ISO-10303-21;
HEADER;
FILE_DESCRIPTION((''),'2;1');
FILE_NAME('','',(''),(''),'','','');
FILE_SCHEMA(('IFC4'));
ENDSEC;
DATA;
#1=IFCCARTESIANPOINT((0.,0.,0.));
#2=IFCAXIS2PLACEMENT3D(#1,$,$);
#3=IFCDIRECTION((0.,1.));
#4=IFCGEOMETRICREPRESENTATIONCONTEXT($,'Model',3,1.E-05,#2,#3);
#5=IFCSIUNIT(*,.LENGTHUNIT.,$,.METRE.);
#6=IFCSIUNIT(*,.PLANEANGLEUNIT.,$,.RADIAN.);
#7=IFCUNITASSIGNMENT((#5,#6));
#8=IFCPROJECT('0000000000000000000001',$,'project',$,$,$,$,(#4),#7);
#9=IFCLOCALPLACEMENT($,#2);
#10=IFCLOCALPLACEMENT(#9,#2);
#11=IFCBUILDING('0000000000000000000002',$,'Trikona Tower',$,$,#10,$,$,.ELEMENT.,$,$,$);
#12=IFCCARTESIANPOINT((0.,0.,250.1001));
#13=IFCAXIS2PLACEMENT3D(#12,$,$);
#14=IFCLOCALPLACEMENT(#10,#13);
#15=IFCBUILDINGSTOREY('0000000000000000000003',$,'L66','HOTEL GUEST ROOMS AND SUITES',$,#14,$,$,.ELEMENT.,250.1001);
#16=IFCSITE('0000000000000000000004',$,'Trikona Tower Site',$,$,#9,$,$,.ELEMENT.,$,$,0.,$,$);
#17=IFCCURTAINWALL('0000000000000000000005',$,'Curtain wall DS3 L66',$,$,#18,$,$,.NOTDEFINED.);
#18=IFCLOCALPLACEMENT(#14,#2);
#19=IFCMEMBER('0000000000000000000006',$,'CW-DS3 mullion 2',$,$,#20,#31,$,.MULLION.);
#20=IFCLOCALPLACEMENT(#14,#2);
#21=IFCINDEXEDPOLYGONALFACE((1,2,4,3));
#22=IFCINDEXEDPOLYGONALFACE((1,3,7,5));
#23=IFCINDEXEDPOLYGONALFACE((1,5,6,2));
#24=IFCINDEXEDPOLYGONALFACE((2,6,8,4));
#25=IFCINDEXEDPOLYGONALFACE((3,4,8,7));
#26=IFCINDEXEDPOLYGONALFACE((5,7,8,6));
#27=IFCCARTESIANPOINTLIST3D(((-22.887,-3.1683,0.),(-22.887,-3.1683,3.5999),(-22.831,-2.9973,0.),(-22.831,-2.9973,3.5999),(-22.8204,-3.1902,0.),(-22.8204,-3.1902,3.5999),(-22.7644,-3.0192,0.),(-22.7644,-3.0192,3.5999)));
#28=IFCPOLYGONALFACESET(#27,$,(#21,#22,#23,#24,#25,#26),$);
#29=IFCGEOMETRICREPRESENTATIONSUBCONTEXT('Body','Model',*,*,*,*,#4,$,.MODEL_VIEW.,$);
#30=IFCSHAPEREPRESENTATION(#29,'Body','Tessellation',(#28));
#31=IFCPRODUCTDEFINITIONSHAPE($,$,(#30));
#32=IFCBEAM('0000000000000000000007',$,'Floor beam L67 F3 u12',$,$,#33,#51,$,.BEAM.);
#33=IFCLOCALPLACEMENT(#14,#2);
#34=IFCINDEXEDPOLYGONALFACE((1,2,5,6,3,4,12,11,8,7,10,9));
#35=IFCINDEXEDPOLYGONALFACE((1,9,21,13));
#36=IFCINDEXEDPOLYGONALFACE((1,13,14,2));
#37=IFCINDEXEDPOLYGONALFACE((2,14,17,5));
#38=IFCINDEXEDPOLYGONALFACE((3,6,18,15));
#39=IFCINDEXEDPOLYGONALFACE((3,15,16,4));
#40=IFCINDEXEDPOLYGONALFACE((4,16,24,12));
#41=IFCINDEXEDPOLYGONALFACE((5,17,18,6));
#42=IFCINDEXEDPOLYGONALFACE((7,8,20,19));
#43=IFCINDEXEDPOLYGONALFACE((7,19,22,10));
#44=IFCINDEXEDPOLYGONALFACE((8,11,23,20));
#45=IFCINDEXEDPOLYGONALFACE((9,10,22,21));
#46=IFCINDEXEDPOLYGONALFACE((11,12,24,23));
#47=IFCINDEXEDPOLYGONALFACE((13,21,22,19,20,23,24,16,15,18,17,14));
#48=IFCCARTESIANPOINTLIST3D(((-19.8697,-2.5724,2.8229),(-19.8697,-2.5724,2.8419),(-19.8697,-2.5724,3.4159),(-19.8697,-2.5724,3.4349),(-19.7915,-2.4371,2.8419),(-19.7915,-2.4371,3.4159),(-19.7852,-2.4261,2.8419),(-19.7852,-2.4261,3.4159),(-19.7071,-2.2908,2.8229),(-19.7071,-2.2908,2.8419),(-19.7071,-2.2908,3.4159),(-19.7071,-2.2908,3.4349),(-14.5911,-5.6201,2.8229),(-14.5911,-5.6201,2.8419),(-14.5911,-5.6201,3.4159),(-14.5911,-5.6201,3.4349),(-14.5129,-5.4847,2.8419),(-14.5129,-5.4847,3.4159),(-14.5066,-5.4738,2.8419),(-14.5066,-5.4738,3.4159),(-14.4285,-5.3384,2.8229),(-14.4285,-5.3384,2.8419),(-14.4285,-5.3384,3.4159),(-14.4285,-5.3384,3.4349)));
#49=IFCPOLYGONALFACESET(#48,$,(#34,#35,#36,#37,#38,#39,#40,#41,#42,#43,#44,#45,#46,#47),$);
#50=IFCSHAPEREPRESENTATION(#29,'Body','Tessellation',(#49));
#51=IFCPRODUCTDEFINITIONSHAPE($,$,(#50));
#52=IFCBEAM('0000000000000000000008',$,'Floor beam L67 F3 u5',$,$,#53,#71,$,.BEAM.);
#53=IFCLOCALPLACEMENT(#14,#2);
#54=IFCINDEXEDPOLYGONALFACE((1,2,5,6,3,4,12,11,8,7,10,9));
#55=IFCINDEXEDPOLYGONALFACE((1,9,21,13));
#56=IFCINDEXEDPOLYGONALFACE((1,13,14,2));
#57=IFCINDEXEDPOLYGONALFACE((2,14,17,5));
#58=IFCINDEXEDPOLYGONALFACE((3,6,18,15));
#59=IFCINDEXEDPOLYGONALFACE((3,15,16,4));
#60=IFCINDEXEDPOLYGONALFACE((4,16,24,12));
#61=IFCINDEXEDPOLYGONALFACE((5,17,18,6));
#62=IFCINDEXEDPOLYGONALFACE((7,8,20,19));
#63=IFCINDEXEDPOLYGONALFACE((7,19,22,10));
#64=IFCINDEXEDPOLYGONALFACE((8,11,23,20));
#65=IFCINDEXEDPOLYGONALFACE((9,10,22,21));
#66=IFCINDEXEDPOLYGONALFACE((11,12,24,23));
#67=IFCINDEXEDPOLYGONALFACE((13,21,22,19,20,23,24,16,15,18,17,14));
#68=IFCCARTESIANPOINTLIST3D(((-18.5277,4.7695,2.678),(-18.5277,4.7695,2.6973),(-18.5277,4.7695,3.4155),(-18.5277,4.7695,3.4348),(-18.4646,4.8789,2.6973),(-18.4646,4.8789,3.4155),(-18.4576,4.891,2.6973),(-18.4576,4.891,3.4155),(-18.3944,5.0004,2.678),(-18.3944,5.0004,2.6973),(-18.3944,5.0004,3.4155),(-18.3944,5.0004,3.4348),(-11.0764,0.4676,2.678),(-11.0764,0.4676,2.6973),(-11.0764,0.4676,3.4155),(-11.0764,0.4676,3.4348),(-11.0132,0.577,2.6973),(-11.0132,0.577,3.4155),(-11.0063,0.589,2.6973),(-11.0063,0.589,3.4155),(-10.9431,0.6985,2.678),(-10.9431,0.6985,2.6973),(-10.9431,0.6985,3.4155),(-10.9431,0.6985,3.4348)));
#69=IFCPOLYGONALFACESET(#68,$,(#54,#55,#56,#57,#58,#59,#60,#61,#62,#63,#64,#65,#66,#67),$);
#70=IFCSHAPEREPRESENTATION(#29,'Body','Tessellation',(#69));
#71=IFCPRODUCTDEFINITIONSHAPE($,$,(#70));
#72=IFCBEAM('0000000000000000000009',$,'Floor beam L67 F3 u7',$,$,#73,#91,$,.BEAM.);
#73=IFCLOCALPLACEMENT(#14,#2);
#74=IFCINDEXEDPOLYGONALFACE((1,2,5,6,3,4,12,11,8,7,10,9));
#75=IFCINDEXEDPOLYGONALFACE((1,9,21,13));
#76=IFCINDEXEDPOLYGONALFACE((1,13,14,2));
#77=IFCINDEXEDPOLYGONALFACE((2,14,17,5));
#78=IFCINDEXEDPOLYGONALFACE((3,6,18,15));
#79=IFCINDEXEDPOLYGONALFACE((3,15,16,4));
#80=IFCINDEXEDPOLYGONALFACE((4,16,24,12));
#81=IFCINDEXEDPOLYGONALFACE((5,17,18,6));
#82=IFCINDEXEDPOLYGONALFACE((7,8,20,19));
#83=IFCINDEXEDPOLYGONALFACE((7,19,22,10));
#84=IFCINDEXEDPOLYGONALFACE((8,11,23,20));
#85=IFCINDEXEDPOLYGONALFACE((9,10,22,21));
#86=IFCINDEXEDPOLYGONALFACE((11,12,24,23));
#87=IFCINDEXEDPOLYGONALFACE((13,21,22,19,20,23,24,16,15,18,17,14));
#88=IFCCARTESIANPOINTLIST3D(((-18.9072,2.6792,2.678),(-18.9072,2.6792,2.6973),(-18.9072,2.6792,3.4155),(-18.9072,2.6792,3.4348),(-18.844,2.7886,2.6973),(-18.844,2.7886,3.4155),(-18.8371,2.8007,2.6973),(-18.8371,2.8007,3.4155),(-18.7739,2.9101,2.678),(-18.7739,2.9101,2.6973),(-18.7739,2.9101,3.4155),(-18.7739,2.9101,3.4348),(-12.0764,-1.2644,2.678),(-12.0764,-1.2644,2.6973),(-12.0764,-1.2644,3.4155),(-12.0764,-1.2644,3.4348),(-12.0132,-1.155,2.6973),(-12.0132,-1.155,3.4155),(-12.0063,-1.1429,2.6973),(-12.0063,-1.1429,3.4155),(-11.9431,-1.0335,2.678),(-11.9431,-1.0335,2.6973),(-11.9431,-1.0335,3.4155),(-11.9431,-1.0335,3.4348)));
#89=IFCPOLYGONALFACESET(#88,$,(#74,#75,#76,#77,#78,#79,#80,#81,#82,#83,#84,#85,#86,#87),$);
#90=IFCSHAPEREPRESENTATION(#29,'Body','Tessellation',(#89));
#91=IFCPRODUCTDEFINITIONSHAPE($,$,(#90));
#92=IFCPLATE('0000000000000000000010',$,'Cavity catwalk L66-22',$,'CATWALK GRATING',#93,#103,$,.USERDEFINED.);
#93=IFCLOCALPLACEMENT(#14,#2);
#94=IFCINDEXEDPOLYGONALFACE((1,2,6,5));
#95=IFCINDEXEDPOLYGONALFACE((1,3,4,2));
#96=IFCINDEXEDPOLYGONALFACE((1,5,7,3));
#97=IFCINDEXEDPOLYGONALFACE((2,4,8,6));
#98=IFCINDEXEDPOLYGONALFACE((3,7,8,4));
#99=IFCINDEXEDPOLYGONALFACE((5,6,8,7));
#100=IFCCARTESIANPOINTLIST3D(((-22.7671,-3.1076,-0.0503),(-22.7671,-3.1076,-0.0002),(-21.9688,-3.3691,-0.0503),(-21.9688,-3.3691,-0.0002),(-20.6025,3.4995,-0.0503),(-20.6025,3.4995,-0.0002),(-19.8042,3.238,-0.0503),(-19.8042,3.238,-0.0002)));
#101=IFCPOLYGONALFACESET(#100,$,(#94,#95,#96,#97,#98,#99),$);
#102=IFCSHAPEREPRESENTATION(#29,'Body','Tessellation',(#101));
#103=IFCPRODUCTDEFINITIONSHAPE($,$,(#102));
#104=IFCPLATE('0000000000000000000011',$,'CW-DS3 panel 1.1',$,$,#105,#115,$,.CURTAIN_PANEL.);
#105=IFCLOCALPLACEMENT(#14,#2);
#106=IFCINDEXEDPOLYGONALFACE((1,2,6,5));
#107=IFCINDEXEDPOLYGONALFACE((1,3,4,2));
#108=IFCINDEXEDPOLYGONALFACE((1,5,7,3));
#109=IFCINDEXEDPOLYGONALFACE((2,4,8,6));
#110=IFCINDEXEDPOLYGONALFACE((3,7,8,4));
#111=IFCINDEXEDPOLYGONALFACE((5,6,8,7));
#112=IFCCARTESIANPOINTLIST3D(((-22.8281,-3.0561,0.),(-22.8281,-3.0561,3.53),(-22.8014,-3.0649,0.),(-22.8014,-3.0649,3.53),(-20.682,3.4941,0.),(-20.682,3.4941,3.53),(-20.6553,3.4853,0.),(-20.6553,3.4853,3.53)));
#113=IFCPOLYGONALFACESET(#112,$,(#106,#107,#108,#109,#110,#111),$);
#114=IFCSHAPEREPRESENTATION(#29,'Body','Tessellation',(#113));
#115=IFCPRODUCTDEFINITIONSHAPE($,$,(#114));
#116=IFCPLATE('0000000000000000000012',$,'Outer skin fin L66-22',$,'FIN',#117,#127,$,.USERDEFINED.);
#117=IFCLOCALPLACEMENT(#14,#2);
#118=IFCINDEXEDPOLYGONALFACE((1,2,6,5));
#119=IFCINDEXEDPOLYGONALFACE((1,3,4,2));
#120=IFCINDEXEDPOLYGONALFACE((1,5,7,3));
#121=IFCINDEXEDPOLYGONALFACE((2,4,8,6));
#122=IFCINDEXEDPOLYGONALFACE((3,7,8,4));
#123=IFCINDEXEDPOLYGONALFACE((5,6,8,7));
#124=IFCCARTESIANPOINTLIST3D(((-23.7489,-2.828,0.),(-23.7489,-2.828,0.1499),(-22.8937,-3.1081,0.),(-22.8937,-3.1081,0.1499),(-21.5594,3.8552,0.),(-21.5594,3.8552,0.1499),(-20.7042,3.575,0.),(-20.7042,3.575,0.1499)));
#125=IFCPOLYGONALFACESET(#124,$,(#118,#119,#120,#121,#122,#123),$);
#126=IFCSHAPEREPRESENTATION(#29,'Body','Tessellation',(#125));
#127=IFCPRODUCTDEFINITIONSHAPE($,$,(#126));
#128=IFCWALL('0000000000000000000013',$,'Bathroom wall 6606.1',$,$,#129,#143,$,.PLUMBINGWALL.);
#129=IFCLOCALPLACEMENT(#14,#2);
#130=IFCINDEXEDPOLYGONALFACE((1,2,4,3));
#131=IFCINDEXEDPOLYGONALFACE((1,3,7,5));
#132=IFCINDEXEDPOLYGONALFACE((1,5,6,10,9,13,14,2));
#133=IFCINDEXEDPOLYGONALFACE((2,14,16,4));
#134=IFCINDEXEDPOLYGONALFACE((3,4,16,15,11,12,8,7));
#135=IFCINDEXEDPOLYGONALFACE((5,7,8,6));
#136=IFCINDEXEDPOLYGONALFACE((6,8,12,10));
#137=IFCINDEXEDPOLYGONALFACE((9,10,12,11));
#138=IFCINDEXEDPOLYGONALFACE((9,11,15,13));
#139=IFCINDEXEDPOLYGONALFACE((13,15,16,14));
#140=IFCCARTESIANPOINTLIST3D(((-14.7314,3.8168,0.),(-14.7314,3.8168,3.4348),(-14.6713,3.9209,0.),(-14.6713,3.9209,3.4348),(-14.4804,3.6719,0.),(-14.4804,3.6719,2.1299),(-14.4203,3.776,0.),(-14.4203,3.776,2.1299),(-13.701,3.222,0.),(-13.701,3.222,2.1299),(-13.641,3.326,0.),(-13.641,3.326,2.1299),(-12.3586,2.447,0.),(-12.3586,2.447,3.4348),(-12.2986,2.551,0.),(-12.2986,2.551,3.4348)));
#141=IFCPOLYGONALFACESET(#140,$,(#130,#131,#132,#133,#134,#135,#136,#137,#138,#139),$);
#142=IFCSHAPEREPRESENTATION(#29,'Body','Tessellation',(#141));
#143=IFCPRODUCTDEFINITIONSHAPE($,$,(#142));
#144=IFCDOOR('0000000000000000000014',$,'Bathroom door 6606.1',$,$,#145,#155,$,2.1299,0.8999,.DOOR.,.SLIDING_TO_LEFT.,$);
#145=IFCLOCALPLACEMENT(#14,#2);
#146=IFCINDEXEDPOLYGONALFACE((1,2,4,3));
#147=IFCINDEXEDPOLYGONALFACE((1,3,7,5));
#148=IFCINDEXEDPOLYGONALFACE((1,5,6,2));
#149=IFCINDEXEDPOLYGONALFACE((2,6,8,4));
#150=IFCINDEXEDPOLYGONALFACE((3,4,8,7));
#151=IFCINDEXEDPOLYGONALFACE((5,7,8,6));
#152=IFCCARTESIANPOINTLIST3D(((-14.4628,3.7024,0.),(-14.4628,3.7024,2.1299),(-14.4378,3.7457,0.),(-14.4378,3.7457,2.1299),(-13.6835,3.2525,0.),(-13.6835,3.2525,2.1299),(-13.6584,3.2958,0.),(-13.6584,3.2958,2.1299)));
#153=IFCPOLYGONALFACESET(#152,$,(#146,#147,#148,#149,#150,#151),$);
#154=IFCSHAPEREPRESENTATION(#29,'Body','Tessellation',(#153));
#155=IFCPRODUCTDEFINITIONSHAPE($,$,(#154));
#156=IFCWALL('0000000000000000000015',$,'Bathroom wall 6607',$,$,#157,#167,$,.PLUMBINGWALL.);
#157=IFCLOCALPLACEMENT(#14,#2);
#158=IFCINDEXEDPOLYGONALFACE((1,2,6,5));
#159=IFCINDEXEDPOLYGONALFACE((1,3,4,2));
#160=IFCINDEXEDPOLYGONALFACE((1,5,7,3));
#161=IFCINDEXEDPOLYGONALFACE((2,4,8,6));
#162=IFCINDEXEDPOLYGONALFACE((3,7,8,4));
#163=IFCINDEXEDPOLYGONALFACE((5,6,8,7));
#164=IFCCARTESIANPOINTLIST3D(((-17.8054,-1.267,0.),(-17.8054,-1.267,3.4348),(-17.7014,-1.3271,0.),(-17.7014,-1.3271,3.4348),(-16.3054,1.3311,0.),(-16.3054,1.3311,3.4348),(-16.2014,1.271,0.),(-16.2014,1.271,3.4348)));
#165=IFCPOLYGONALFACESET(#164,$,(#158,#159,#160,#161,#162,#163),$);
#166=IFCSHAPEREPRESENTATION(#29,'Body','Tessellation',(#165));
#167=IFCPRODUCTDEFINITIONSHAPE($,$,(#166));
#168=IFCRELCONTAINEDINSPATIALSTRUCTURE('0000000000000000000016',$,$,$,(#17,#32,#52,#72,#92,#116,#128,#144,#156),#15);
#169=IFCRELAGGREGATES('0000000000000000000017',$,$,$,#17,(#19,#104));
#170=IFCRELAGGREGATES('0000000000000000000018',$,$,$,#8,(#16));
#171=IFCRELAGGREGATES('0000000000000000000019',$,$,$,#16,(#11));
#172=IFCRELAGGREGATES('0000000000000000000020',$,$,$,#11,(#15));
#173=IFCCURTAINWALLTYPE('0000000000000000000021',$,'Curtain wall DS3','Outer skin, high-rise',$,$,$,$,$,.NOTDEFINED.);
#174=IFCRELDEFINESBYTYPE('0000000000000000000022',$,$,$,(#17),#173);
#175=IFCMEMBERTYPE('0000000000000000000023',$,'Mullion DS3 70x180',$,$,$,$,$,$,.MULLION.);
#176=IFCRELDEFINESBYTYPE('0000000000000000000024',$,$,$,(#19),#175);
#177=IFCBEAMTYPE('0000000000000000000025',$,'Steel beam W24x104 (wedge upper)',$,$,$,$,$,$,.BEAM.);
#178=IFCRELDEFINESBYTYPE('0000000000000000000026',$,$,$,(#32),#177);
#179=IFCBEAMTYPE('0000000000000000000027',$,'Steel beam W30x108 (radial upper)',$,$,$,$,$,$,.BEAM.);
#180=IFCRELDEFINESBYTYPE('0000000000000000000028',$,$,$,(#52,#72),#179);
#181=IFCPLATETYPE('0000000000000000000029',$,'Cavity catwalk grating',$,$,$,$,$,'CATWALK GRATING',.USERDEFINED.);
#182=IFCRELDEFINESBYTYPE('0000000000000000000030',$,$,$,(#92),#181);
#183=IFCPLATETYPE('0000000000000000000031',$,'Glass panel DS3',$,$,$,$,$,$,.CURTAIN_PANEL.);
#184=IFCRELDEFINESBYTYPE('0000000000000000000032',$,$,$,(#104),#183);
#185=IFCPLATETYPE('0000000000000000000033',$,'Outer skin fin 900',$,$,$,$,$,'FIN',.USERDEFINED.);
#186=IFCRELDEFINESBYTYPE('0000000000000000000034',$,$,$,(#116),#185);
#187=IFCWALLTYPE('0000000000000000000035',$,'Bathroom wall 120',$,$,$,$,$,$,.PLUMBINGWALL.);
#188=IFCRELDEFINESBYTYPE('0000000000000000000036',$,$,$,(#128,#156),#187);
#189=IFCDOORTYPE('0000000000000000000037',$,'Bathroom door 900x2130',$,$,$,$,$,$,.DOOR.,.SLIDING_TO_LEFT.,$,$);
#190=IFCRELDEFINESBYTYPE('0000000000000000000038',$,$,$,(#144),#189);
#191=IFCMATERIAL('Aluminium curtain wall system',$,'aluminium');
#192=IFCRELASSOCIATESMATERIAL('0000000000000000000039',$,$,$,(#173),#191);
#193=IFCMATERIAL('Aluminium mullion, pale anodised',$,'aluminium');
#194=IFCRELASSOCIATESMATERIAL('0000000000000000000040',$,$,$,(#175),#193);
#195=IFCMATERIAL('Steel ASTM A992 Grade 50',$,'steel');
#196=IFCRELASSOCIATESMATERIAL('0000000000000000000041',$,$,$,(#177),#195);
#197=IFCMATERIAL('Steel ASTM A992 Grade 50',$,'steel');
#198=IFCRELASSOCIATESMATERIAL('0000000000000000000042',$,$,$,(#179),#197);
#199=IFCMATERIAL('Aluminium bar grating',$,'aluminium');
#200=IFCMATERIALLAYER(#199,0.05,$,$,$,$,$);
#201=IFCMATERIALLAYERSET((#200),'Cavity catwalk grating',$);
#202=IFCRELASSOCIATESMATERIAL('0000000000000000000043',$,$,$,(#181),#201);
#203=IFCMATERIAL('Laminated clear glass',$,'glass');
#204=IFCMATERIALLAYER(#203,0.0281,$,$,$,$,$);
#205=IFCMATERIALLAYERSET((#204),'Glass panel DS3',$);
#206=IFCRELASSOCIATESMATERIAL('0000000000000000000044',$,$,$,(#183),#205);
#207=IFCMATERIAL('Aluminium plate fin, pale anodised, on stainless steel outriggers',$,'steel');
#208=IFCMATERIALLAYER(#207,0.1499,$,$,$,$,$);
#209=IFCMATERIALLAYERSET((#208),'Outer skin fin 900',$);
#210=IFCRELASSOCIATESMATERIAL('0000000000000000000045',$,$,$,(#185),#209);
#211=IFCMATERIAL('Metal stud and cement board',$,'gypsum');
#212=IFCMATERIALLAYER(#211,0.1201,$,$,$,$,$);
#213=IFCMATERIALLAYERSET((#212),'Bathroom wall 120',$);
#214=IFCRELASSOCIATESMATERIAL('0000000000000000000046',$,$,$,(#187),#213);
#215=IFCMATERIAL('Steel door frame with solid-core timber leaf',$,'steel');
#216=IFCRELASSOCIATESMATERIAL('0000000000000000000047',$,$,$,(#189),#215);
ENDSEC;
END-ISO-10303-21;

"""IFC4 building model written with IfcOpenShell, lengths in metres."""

from ifc_helpers import new_model, si_unit, direction, frame, frame_2d, origin, origin_2d, place, context, subcontext, project, spatial, rectangle, i_section, extrude, material, layer, layer_set, material_profile, profile_set, type_object, element, fill, aggregate, save


model = new_model("IFC4")

# Units and contexts
model_context = context("Model", 3, precision=1e-05, world=origin(), true_north=direction((0.0, 1.0)))
body_context = subcontext(model_context, "Body", "Model", "MODEL_VIEW")
ifc_project = project(units=[si_unit("LENGTHUNIT", "METRE"), si_unit("PLANEANGLEUNIT", "RADIAN")], contexts=[model_context])

# Site, building, storey
site_placement = place(None, origin())
site = spatial("IfcSite", under=ifc_project, at=site_placement, Name="Trikona Tower Site", CompositionType="ELEMENT", RefElevation=0.0)
building_placement = place(site_placement, origin())
building = spatial("IfcBuilding", under=site, at=building_placement, Name="Trikona Tower", CompositionType="ELEMENT")
storey_placement = place(building_placement, frame((0.0, 0.0, 250.1001)))
storey = spatial("IfcBuildingStorey", under=building, at=storey_placement, Name="L66", Description="HOTEL GUEST ROOMS AND SUITES", CompositionType="ELEMENT", Elevation=250.1001)

# Curtain wall, member
ifc_material_1 = material(Name="Aluminium curtain wall system", Category="aluminium")
curtain_wall_type = type_object("IfcCurtainWallType", Name="Curtain wall DS3", Description="Outer skin, high-rise", PredefinedType="NOTDEFINED", material=ifc_material_1)
curtain_wall_placement = place(storey_placement, origin())
curtain_wall = element("IfcCurtainWall", 1, at=curtain_wall_placement, inside=storey, type_object=curtain_wall_type, Name="Curtain wall DS3 L66", PredefinedType="NOTDEFINED")
ifc_material_2 = material(Name="Aluminium mullion, pale anodised", Category="aluminium")
ifc_material_profile_1 = material_profile(ifc_material_2, rectangle(XDim=0.0701, YDim=0.1799, at=origin_2d()), Name="MUL-DS3")
ifc_profile_set_1 = profile_set([ifc_material_profile_1], Name="Aluminium mullion, pale anodised")
member_type = type_object("IfcMemberType", Name="Mullion DS3 70x180", PredefinedType="MULLION", material=ifc_profile_set_1)
member_placement = place(storey_placement, frame((-22.8257, -3.0938, 0.0), z_axis=(0.0, 0.0, 1.0), x_axis=(0.950297, -0.311344, 0.0)))
member = element("IfcMember", 2, at=member_placement, type_object=member_type, Name="CW-DS3 mullion 2", PredefinedType="MULLION", context=body_context, shape_type="SweptSolid", body=[
    extrude(rectangle(XDim=0.0701, YDim=0.1799, at=origin_2d()), origin(), (0.0, 0.0, 1.0), 3.5999),
])

# Beams
ifc_material_3 = material(Name="Steel ASTM A992 Grade 50", Category="steel")
ifc_material_profile_2 = material_profile(ifc_material_3, i_section(OverallWidth=0.3252, OverallDepth=0.6121, WebThickness=0.0127, FlangeThickness=0.019, at=origin_2d()), Name="W24X104")
ifc_profile_set_2 = profile_set([ifc_material_profile_2], Name="Steel ASTM A992 Grade 50")
beam_type_1 = type_object("IfcBeamType", Name="Steel beam W24x104 (wedge upper)", PredefinedType="BEAM", material=ifc_profile_set_2)
beam_1_placement = place(storey_placement, frame((-14.5098, -5.4792, 3.1289), z_axis=(-0.866023, 0.500003, 0.0), x_axis=(-0.500003, -0.866023, 0.0)))
element("IfcBeam", 3, at=beam_1_placement, inside=storey, type_object=beam_type_1, Name="Floor beam L67 F3 u12", PredefinedType="BEAM", context=body_context, shape_type="SweptSolid", body=[
    extrude(i_section(OverallWidth=0.3252, OverallDepth=0.6121, WebThickness=0.0127, FlangeThickness=0.019, at=origin_2d()), origin(), (0.0, 0.0, 1.0), 6.0952),
])
ifc_material_4 = material(Name="Steel ASTM A992 Grade 50", Category="steel")
ifc_material_profile_3 = material_profile(ifc_material_4, i_section(OverallWidth=0.2666, OverallDepth=0.7568, WebThickness=0.0139, FlangeThickness=0.0193, at=origin_2d()), Name="W30X108")
ifc_profile_set_3 = profile_set([ifc_material_profile_3], Name="Steel ASTM A992 Grade 50")
beam_type_2 = type_object("IfcBeamType", Name="Steel beam W30x108 (radial upper)", PredefinedType="BEAM", material=ifc_profile_set_3)
beam_2_placement = place(storey_placement, frame((-11.0098, 0.583, 3.0564), z_axis=(-0.866029, 0.499993, 0.0), x_axis=(-0.499993, -0.866029, 0.0)))
element("IfcBeam", 4, at=beam_2_placement, inside=storey, type_object=beam_type_2, Name="Floor beam L67 F3 u5", PredefinedType="BEAM", context=body_context, shape_type="SweptSolid", body=[
    extrude(i_section(OverallWidth=0.2666, OverallDepth=0.7568, WebThickness=0.0139, FlangeThickness=0.0193, at=origin_2d()), origin(), (0.0, 0.0, 1.0), 8.604),
])
beam_3_placement = place(storey_placement, frame((-12.0098, -1.1489, 3.0564), z_axis=(-0.866035, 0.499984, 0.0), x_axis=(-0.499984, -0.866035, 0.0)))
element("IfcBeam", 5, at=beam_3_placement, inside=storey, type_object=beam_type_2, Name="Floor beam L67 F3 u7", PredefinedType="BEAM", context=body_context, shape_type="SweptSolid", body=[
    extrude(i_section(OverallWidth=0.2666, OverallDepth=0.7568, WebThickness=0.0139, FlangeThickness=0.0193, at=origin_2d()), origin(), (0.0, 0.0, 1.0), 7.8875),
])

# Plates
ifc_material_5 = material(Name="Aluminium bar grating", Category="aluminium")
ifc_layer_1 = layer(ifc_material_5, 0.05)
ifc_layer_set_1 = layer_set([ifc_layer_1], Name="Cavity catwalk grating")
plate_type_1 = type_object("IfcPlateType", Name="Cavity catwalk grating", ElementType="CATWALK GRATING", PredefinedType="USERDEFINED", material=ifc_layer_set_1)
plate_1_placement = place(storey_placement, frame((-21.2856, 0.0652, -0.0503), z_axis=(0.0, 0.0, 1.0), x_axis=(-0.311337, -0.9503, 0.0)))
element("IfcPlate", 6, at=plate_1_placement, inside=storey, type_object=plate_type_1, Name="Cavity catwalk L66-22", ObjectType="CATWALK GRATING", PredefinedType="USERDEFINED", context=body_context, shape_type="SweptSolid", body=[
    extrude(rectangle(XDim=6.9526, YDim=0.8401, at=origin_2d()), origin(), (0.0, 0.0, 1.0), 0.05),
])
ifc_material_6 = material(Name="Laminated clear glass", Category="glass")
ifc_layer_2 = layer(ifc_material_6, 0.0281)
ifc_layer_set_2 = layer_set([ifc_layer_2], Name="Glass panel DS3")
plate_type_2 = type_object("IfcPlateType", Name="Glass panel DS3", PredefinedType="CURTAIN_PANEL", material=ifc_layer_set_2)
plate_2_placement = place(storey_placement, frame((-21.7417, 0.2146, 0.0), z_axis=(0.0, 0.0, 1.0), x_axis=(-0.311344, -0.950297, 0.0)))
plate_2 = element("IfcPlate", 7, at=plate_2_placement, type_object=plate_type_2, Name="CW-DS3 panel 1.1", PredefinedType="CURTAIN_PANEL", context=body_context, shape_type="SweptSolid", body=[
    extrude(rectangle(XDim=6.8928, YDim=0.0281, at=origin_2d()), origin(), (0.0, 0.0, 1.0), 3.53),
])
aggregate(curtain_wall, [member, plate_2])
ifc_material_7 = material(Name="Aluminium plate fin, pale anodised, on stainless steel outriggers", Category="steel")
ifc_layer_3 = layer(ifc_material_7, 0.1499)
ifc_layer_set_3 = layer_set([ifc_layer_3], Name="Outer skin fin 900")
plate_type_3 = type_object("IfcPlateType", Name="Outer skin fin 900", ElementType="FIN", PredefinedType="USERDEFINED", material=ifc_layer_set_3)
plate_3_placement = place(storey_placement, frame((-22.2266, 0.3735, 0.0), z_axis=(0.0, 0.0, 1.0), x_axis=(-0.311337, -0.9503, 0.0)))
element("IfcPlate", 8, at=plate_3_placement, inside=storey, type_object=plate_type_3, Name="Outer skin fin L66-22", ObjectType="FIN", PredefinedType="USERDEFINED", context=body_context, shape_type="SweptSolid", body=[
    extrude(rectangle(XDim=7.0327, YDim=0.8999, at=origin_2d()), origin(), (0.0, 0.0, 1.0), 0.1499),
])

# Wall, opening, door
ifc_material_8 = material(Name="Metal stud and cement board", Category="gypsum")
ifc_layer_4 = layer(ifc_material_8, 0.1201)
ifc_layer_set_4 = layer_set([ifc_layer_4], Name="Bathroom wall 120")
wall_type_1 = type_object("IfcWallType", Name="Bathroom wall 120", PredefinedType="PLUMBINGWALL", material=ifc_layer_set_4)
wall_1_placement = place(storey_placement, frame((-12.3286, 2.499, 0.0), z_axis=(0.0, 0.0, 1.0), x_axis=(-0.866036, 0.499982, 0.0)))
wall_1 = element("IfcWall", 9, at=wall_1_placement, inside=storey, type_object=wall_type_1, Name="Bathroom wall 6606.1", PredefinedType="PLUMBINGWALL", context=body_context, shape_type="SweptSolid", body=[
    extrude(rectangle(XDim=2.7397, YDim=0.1201, at=frame_2d((1.3699, 0.0))), origin(), (0.0, 0.0, 1.0), 3.4348),
])
opening_1_placement = place(wall_1_placement, frame((1.55, 0.0, 0.0)))
opening_1 = element("IfcOpeningElement", 10, at=opening_1_placement, cuts=wall_1, PredefinedType="OPENING", context=body_context, shape_type="SweptSolid", body=[
    extrude(rectangle(XDim=0.8999, YDim=2.1299, at=frame_2d((0.45, 1.0649))), frame((0.0, 0.0701, 0.0), z_axis=(0.0, -1.0, 0.0), x_axis=(1.0, 0.0, 0.0)), (0.0, 0.0, 1.0), 0.1401),
])
ifc_material_9 = material(Name="Steel door frame with solid-core timber leaf", Category="steel")
door_type_1 = type_object("IfcDoorType", Name="Bathroom door 900x2130", OperationType="SLIDING_TO_LEFT", PredefinedType="DOOR", material=ifc_material_9)
door_1_placement = place(opening_1_placement, origin())
door_1 = element("IfcDoor", 11, at=door_1_placement, inside=storey, type_object=door_type_1, Name="Bathroom door 6606.1", OperationType="SLIDING_TO_LEFT", OverallHeight=2.1299, OverallWidth=0.8999, PredefinedType="DOOR", context=body_context, shape_type="SweptSolid", body=[
    extrude(rectangle(XDim=0.8999, YDim=2.1299, at=frame_2d((0.45, 1.0649))), frame((0.0, 0.0249, 0.0), z_axis=(0.0, -1.0, 0.0), x_axis=(1.0, 0.0, 0.0)), (0.0, 0.0, 1.0), 0.05),
])
fill(opening_1, door_1)

# Wall
wall_2_placement = place(storey_placement, frame((-16.2534, 1.301, 0.0), z_axis=(0.0, 0.0, 1.0), x_axis=(-0.49999, -0.866031, 0.0)))
element("IfcWall", 12, at=wall_2_placement, inside=storey, type_object=wall_type_1, Name="Bathroom wall 6607", PredefinedType="PLUMBINGWALL", context=body_context, shape_type="SweptSolid", body=[
    extrude(rectangle(XDim=3.0, YDim=0.1201, at=frame_2d((1.5, 0.0))), origin(), (0.0, 0.0, 1.0), 3.4348),
])

save(model, "model.ifc")
